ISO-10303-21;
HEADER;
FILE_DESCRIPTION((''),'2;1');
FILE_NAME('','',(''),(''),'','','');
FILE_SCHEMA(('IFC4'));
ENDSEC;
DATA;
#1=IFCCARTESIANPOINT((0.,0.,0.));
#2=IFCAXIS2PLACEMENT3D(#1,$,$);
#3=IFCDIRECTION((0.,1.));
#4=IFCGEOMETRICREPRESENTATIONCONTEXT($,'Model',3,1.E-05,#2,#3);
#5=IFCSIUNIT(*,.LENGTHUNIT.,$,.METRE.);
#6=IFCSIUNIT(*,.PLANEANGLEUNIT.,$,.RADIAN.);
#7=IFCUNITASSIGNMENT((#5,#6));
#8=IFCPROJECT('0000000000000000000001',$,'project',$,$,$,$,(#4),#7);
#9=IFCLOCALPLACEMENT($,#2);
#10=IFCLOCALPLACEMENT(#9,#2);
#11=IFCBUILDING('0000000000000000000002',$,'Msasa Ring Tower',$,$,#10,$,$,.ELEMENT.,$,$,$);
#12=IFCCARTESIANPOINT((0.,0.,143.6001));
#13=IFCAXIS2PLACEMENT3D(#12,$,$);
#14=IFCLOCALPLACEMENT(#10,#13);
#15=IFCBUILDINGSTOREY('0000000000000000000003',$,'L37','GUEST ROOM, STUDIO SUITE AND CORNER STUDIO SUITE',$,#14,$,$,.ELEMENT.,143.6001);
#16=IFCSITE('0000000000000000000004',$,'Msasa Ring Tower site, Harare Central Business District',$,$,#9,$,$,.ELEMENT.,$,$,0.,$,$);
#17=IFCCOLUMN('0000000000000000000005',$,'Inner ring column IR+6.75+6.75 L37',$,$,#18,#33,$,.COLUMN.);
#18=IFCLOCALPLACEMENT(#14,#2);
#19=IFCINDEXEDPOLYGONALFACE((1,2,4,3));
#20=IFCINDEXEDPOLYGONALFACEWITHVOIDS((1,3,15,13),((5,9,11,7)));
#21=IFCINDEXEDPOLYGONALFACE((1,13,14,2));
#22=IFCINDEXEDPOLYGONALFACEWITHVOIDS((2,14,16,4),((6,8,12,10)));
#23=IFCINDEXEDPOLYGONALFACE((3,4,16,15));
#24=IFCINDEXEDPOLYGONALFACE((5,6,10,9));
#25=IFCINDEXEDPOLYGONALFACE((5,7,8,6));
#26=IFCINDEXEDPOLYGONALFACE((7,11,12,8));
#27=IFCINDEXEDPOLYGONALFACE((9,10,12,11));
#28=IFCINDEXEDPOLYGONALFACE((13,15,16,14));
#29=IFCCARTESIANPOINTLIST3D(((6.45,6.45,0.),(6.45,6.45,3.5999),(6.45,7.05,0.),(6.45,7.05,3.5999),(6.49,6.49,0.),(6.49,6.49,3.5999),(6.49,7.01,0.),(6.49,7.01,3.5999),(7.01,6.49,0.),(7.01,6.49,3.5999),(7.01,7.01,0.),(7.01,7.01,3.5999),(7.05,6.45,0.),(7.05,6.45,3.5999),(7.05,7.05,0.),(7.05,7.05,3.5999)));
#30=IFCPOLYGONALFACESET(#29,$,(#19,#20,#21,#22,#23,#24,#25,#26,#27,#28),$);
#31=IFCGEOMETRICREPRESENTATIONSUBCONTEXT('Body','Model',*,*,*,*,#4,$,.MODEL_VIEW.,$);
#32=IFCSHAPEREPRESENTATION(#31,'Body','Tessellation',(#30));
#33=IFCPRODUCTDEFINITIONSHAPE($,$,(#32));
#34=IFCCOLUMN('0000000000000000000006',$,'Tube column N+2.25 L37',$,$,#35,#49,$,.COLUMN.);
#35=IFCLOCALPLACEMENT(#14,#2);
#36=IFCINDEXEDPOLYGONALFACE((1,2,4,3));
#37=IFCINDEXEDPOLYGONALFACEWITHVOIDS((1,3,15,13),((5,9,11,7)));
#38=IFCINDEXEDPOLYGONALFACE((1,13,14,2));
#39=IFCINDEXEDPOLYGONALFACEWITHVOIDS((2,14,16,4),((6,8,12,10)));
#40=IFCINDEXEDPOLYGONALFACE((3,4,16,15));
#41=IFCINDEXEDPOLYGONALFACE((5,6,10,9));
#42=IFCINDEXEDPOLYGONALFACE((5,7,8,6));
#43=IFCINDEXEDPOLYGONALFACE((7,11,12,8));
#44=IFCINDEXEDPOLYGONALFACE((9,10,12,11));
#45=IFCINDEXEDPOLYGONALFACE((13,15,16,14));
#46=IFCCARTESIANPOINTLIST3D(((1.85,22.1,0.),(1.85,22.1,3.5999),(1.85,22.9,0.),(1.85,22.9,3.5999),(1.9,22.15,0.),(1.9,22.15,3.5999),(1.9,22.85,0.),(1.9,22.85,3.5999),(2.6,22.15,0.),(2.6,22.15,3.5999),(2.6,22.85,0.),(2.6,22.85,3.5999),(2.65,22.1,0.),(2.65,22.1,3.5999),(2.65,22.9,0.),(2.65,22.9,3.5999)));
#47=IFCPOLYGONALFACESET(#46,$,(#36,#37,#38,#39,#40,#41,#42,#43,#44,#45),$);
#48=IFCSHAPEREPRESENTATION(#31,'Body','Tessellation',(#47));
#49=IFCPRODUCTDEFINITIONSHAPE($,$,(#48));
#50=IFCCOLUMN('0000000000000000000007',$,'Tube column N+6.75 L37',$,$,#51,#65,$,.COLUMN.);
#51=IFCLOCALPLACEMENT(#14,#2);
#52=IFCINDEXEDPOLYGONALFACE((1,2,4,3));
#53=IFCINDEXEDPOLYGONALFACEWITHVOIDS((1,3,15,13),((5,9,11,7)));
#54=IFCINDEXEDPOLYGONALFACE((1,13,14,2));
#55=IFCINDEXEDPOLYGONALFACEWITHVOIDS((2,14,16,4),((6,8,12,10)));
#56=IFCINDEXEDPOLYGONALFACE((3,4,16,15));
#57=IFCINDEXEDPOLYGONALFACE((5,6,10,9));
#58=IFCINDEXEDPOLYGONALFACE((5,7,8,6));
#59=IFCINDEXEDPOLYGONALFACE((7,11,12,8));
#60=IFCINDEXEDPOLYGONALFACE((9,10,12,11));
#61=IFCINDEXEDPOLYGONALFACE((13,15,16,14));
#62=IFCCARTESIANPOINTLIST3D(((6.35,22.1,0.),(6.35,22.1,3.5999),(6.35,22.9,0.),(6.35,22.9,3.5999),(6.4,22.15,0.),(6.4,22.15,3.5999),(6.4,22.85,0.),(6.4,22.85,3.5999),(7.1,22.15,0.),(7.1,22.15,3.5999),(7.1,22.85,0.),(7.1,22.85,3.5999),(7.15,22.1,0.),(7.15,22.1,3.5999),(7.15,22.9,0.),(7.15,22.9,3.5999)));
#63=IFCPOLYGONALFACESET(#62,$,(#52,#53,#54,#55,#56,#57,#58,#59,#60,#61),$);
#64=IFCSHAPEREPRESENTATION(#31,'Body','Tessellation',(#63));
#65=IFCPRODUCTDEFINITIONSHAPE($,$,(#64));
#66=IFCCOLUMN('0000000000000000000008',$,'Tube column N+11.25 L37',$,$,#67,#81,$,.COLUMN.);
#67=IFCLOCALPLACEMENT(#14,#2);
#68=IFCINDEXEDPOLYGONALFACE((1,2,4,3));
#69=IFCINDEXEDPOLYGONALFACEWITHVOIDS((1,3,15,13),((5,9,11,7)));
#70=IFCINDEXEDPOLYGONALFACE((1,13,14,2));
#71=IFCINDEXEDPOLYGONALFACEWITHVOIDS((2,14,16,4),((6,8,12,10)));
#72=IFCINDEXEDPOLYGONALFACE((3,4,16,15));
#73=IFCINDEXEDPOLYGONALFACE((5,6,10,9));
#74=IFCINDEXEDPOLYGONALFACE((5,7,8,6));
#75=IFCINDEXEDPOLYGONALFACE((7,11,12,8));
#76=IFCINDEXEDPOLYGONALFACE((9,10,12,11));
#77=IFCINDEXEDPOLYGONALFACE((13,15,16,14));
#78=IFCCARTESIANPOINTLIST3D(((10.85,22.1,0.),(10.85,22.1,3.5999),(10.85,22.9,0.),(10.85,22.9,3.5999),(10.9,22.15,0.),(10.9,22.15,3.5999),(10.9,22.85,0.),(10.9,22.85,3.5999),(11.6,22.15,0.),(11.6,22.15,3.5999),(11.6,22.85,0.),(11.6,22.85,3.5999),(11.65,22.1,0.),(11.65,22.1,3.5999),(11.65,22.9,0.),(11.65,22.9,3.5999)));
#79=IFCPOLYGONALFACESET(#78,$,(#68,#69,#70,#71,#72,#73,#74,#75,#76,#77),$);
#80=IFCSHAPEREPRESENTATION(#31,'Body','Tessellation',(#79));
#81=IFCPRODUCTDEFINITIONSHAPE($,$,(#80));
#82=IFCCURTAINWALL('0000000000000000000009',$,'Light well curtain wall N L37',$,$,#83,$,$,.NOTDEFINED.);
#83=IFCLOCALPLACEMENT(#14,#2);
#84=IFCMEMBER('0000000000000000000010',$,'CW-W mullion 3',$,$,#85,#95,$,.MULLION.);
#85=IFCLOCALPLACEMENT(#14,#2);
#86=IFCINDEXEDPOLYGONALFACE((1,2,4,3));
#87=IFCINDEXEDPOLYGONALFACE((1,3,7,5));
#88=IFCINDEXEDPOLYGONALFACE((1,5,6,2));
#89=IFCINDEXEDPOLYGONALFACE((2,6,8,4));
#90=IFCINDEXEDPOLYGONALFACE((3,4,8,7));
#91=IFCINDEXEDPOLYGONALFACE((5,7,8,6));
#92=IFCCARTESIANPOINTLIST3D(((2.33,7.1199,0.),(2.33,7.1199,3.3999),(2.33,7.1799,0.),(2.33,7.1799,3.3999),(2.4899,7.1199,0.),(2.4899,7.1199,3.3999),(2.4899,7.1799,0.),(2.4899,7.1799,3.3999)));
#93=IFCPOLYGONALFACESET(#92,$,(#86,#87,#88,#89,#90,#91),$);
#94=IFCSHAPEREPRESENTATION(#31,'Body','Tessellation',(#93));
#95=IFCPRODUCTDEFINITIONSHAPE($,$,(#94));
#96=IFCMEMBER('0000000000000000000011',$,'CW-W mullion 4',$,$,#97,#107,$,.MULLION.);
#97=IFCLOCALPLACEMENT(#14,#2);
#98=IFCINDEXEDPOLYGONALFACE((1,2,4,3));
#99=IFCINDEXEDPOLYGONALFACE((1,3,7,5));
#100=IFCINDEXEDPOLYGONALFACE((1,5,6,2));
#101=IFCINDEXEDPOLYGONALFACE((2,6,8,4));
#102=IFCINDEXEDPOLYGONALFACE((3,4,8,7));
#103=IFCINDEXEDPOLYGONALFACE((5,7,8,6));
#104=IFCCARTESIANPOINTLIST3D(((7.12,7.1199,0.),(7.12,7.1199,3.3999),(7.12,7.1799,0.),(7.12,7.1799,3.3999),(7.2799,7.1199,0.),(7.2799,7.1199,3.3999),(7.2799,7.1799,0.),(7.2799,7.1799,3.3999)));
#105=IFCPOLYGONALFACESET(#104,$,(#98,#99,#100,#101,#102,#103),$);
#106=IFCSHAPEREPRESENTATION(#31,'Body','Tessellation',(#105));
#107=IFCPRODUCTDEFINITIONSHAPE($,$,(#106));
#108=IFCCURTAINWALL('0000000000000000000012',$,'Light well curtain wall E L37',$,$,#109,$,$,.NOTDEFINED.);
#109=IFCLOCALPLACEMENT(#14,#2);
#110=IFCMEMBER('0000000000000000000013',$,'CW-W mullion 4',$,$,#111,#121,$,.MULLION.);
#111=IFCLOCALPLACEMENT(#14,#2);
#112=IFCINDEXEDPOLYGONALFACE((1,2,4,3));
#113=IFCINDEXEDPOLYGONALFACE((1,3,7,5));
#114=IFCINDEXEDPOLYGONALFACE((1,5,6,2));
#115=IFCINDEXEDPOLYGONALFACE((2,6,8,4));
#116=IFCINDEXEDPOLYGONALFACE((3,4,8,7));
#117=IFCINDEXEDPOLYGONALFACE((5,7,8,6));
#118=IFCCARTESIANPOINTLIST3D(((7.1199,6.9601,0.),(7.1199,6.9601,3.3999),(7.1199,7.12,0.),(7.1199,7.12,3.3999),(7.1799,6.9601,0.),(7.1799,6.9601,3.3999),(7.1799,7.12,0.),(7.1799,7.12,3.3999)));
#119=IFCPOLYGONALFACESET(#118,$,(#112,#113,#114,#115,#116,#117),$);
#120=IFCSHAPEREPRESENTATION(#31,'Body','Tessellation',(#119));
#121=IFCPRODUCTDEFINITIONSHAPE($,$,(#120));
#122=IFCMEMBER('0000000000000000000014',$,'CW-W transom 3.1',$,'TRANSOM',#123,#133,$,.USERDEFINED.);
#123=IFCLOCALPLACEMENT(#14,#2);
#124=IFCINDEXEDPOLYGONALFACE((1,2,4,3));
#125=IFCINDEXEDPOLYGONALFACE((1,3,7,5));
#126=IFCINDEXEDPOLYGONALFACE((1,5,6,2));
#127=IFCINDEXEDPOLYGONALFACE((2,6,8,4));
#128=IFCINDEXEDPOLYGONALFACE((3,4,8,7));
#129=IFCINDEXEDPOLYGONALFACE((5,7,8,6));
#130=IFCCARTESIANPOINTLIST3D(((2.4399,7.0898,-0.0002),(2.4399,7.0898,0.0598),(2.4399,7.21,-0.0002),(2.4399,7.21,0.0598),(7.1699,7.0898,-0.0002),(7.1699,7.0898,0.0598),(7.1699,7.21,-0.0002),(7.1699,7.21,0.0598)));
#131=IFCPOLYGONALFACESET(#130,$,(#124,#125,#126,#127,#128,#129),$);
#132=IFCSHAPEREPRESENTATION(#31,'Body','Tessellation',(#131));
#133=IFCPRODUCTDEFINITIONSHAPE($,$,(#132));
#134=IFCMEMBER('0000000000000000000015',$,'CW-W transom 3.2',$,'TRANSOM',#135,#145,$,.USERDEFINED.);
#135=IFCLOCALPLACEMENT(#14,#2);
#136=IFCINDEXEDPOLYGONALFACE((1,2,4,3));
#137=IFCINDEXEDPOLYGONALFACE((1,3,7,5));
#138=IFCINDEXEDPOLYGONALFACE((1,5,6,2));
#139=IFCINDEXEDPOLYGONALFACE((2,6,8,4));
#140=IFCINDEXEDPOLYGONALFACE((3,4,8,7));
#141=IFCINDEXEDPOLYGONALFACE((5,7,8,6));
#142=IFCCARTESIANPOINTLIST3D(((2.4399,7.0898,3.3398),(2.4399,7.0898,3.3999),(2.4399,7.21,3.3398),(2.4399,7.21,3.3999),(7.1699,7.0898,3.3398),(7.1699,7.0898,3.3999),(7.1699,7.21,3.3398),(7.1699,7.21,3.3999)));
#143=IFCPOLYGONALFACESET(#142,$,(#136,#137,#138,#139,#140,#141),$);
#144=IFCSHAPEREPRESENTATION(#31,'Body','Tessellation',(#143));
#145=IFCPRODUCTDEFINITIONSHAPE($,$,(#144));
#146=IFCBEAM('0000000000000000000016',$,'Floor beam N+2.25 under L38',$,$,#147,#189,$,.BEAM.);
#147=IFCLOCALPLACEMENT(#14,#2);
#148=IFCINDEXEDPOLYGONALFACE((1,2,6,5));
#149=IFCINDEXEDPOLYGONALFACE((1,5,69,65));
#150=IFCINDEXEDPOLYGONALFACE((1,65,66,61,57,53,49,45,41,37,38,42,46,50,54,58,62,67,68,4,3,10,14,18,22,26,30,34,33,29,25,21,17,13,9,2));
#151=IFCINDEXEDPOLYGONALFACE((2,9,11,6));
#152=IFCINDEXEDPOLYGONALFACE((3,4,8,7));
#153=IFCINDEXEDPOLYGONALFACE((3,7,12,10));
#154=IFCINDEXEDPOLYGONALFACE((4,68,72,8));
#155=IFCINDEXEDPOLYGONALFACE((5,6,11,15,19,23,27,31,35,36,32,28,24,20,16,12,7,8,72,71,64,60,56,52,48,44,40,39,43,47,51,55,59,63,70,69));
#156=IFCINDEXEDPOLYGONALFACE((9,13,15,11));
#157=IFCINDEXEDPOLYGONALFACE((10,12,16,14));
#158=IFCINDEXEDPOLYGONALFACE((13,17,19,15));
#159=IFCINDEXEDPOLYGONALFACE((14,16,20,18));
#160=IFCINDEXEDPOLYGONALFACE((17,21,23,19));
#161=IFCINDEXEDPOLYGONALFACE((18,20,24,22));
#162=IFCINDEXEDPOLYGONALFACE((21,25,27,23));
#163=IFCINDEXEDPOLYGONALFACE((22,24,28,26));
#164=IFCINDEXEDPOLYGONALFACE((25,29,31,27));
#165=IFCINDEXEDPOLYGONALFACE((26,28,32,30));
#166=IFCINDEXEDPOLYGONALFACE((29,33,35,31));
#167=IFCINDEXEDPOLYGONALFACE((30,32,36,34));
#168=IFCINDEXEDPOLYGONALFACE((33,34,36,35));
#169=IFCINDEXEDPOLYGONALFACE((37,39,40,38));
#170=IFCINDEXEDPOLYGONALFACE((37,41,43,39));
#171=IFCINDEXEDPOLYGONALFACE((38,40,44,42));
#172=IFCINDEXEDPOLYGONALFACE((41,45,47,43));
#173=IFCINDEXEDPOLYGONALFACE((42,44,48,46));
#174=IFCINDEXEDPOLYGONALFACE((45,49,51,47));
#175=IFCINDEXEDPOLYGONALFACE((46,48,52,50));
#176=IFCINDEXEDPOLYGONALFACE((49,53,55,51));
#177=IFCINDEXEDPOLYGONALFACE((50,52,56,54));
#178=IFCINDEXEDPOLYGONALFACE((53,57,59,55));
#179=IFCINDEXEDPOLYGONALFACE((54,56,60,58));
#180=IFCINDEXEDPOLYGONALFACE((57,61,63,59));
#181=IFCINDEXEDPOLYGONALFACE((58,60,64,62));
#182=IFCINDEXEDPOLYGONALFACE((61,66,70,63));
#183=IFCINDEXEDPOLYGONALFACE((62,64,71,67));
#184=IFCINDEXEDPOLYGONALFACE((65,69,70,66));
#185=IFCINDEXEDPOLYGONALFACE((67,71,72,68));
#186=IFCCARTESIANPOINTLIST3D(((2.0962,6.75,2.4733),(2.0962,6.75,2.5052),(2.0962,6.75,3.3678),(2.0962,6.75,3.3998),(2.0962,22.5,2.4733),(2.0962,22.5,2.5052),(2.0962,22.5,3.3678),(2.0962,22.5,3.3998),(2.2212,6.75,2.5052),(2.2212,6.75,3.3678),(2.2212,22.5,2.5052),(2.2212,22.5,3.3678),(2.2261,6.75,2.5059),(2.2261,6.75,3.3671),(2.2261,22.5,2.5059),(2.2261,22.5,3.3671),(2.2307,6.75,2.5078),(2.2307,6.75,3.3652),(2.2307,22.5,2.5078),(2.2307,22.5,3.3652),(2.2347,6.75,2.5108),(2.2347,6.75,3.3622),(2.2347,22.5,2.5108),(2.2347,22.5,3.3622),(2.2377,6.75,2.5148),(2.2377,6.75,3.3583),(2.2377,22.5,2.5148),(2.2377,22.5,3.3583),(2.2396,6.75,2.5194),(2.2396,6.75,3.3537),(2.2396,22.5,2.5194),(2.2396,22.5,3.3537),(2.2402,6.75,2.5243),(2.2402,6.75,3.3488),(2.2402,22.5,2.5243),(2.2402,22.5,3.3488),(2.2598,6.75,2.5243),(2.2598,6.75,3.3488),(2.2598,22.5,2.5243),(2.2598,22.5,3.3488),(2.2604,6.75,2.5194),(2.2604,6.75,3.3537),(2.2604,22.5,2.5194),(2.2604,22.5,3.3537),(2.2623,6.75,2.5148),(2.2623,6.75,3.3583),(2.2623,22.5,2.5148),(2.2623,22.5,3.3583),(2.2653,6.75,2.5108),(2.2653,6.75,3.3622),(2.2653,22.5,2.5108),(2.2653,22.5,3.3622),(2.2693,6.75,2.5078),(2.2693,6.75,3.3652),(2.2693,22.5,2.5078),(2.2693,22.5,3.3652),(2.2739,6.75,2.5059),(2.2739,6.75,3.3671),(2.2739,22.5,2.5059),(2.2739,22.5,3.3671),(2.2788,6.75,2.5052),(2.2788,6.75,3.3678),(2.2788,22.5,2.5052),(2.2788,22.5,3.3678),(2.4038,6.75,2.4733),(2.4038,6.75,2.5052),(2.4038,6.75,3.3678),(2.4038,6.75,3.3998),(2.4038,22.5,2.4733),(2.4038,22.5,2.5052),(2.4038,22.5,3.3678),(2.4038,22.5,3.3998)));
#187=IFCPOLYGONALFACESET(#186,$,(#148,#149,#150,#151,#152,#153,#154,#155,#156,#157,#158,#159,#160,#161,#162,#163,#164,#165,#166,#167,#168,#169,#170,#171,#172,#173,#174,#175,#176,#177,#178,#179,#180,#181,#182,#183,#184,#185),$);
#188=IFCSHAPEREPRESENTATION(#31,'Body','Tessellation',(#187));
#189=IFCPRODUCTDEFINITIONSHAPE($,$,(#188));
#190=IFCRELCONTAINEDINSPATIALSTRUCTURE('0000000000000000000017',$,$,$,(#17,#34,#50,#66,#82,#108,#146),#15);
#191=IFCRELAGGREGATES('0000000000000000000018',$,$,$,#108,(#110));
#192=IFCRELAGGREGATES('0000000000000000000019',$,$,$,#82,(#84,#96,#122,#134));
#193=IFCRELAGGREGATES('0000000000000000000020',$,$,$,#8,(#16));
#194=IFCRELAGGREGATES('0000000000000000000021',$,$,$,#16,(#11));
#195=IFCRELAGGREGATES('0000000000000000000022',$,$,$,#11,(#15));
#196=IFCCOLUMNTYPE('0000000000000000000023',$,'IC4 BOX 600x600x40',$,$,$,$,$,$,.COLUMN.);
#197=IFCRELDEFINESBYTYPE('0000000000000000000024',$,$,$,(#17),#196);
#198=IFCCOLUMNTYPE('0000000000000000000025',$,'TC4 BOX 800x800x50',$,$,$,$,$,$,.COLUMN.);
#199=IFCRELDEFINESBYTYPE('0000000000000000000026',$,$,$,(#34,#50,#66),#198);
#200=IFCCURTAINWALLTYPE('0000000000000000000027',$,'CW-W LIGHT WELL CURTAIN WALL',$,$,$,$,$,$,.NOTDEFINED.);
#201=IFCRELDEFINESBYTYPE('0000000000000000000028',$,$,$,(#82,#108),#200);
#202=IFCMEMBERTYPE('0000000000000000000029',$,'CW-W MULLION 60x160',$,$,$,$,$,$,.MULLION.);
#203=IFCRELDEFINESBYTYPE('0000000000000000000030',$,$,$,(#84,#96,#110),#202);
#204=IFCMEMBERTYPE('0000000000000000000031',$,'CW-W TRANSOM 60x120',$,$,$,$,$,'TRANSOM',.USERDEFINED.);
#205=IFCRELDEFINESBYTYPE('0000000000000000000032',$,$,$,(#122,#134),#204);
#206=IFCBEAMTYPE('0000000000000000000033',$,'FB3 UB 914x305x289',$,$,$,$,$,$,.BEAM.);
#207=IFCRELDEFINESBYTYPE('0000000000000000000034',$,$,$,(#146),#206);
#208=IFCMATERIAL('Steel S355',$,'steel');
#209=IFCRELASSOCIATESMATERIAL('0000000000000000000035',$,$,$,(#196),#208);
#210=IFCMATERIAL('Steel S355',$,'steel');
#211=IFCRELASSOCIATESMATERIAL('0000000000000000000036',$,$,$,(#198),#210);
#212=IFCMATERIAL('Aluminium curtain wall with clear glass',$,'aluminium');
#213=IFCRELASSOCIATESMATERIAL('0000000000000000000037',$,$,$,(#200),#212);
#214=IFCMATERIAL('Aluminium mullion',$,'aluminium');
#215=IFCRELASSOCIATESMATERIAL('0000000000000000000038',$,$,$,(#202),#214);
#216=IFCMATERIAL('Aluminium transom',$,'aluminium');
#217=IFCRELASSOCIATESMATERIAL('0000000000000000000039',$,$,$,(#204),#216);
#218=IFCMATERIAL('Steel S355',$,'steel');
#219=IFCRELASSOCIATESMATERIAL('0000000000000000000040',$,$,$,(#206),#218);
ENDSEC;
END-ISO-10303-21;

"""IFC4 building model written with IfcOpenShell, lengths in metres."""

from ifc_helpers import new_model, si_unit, direction, frame, origin, origin_2d, place, context, subcontext, project, spatial, rectangle, hollow_rectangle, i_section, extrude, material, material_profile, profile_set, type_object, element, aggregate, save


model = new_model("IFC4")

# Units and contexts
model_context = context("Model", 3, precision=1e-05, world=origin(), true_north=direction((0.0, 1.0)))
body_context = subcontext(model_context, "Body", "Model", "MODEL_VIEW")
ifc_project = project(units=[si_unit("LENGTHUNIT", "METRE"), si_unit("PLANEANGLEUNIT", "RADIAN")], contexts=[model_context])

# Site, building, storey
site_placement = place(None, origin())
site = spatial("IfcSite", under=ifc_project, at=site_placement, Name="Msasa Ring Tower site, Harare Central Business District", CompositionType="ELEMENT", RefElevation=0.0)
building_placement = place(site_placement, origin())
building = spatial("IfcBuilding", under=site, at=building_placement, Name="Msasa Ring Tower", CompositionType="ELEMENT")
storey_placement = place(building_placement, frame((0.0, 0.0, 143.6001)))
storey = spatial("IfcBuildingStorey", under=building, at=storey_placement, Name="L37", Description="GUEST ROOM, STUDIO SUITE AND CORNER STUDIO SUITE", CompositionType="ELEMENT", Elevation=143.6001)

# Columns
ifc_material_1 = material(Name="Steel S355", Category="steel")
ifc_material_profile_1 = material_profile(ifc_material_1, hollow_rectangle(XDim=0.6001, YDim=0.6001, WallThickness=0.04, at=origin_2d()), Name="BOX 600x600x40")
ifc_profile_set_1 = profile_set([ifc_material_profile_1], Name="Steel S355")
column_type_1 = type_object("IfcColumnType", Name="IC4 BOX 600x600x40", PredefinedType="COLUMN", material=ifc_profile_set_1)
column_placement = place(storey_placement, frame((6.75, 6.75, 0.0), z_axis=(0.0, 0.0, 1.0), x_axis=(1.0, 0.0, 0.0)))
element("IfcColumn", 1, at=column_placement, inside=storey, type_object=column_type_1, Name="Inner ring column IR+6.75+6.75 L37", PredefinedType="COLUMN", context=body_context, shape_type="SweptSolid", body=[
    extrude(hollow_rectangle(XDim=0.6001, YDim=0.6001, WallThickness=0.04, at=origin_2d()), origin(), (0.0, 0.0, 1.0), 3.5999),
])
ifc_material_2 = material(Name="Steel S355", Category="steel")
ifc_material_profile_2 = material_profile(ifc_material_2, hollow_rectangle(XDim=0.8, YDim=0.8, WallThickness=0.05, at=origin_2d()), Name="BOX 800x800x50")
ifc_profile_set_2 = profile_set([ifc_material_profile_2], Name="Steel S355")
column_type_2 = type_object("IfcColumnType", Name="TC4 BOX 800x800x50", PredefinedType="COLUMN", material=ifc_profile_set_2)
for number, where, z_axis, x_axis, name in (
    (2, (2.25, 22.5, 0.0), (0.0, 0.0, 1.0), (0.0, 1.0, 0.0), "Tube column N+2.25 L37"),
    (3, (6.75, 22.5, 0.0), (0.0, 0.0, 1.0), (0.0, 1.0, 0.0), "Tube column N+6.75 L37"),
    (4, (11.25, 22.5, 0.0), (0.0, 0.0, 1.0), (0.0, 1.0, 0.0), "Tube column N+11.25 L37"),
):
    element("IfcColumn", number, at=place(storey_placement, frame(where, z_axis=z_axis, x_axis=x_axis)), inside=storey, type_object=column_type_2, Name=name, PredefinedType="COLUMN", context=body_context, shape_type="SweptSolid", body=[
        extrude(hollow_rectangle(XDim=0.8, YDim=0.8, WallThickness=0.05, at=origin_2d()), origin(), (0.0, 0.0, 1.0), 3.5999),
    ])

# Curtain wall, members
ifc_material_3 = material(Name="Aluminium curtain wall with clear glass", Category="aluminium")
curtain_wall_type = type_object("IfcCurtainWallType", Name="CW-W LIGHT WELL CURTAIN WALL", PredefinedType="NOTDEFINED", material=ifc_material_3)
curtain_wall_1_placement = place(storey_placement, origin())
curtain_wall_1 = element("IfcCurtainWall", 5, at=curtain_wall_1_placement, inside=storey, type_object=curtain_wall_type, Name="Light well curtain wall N L37", PredefinedType="NOTDEFINED")
ifc_material_4 = material(Name="Aluminium mullion", Category="aluminium")
ifc_material_profile_3 = material_profile(ifc_material_4, rectangle(XDim=0.0601, YDim=0.1599, at=origin_2d()), Name="AL 60x160")
ifc_profile_set_3 = profile_set([ifc_material_profile_3], Name="Aluminium mullion")
member_type_1 = type_object("IfcMemberType", Name="CW-W MULLION 60x160", PredefinedType="MULLION", material=ifc_profile_set_3)
member_1_placement = place(storey_placement, frame((2.4099, 7.1499, 0.0), z_axis=(0.0, 0.0, 1.0), x_axis=(0.0, 1.0, 0.0)))
member_1 = element("IfcMember", 6, at=member_1_placement, type_object=member_type_1, Name="CW-W mullion 3", PredefinedType="MULLION", context=body_context, shape_type="SweptSolid", body=[
    extrude(rectangle(XDim=0.0601, YDim=0.1599, at=origin_2d()), origin(), (0.0, 0.0, 1.0), 3.3999),
])
member_2_placement = place(storey_placement, frame((7.2, 7.1499, 0.0), z_axis=(0.0, 0.0, 1.0), x_axis=(0.0, 1.0, 0.0)))
member_2 = element("IfcMember", 7, at=member_2_placement, type_object=member_type_1, Name="CW-W mullion 4", PredefinedType="MULLION", context=body_context, shape_type="SweptSolid", body=[
    extrude(rectangle(XDim=0.0601, YDim=0.1599, at=origin_2d()), origin(), (0.0, 0.0, 1.0), 3.3999),
])

# Curtain wall, member
curtain_wall_2_placement = place(storey_placement, origin())
curtain_wall_2 = element("IfcCurtainWall", 8, at=curtain_wall_2_placement, inside=storey, type_object=curtain_wall_type, Name="Light well curtain wall E L37", PredefinedType="NOTDEFINED")
member_3_placement = place(storey_placement, frame((7.1499, 7.04, 0.0), z_axis=(0.0, 0.0, 1.0), x_axis=(-1.0, 0.0, 0.0)))
member_3 = element("IfcMember", 9, at=member_3_placement, type_object=member_type_1, Name="CW-W mullion 4", PredefinedType="MULLION", context=body_context, shape_type="SweptSolid", body=[
    extrude(rectangle(XDim=0.0601, YDim=0.1599, at=origin_2d()), origin(), (0.0, 0.0, 1.0), 3.3999),
])
aggregate(curtain_wall_2, [member_3])

# Members
ifc_material_5 = material(Name="Aluminium transom", Category="aluminium")
ifc_material_profile_4 = material_profile(ifc_material_5, rectangle(XDim=0.1201, YDim=0.0601, at=origin_2d()), Name="AL 60x120")
ifc_profile_set_4 = profile_set([ifc_material_profile_4], Name="Aluminium transom")
member_type_2 = type_object("IfcMemberType", Name="CW-W TRANSOM 60x120", ElementType="TRANSOM", PredefinedType="USERDEFINED", material=ifc_profile_set_4)
member_4_placement = place(storey_placement, frame((2.4399, 7.1499, 0.0298), z_axis=(1.0, 0.0, 0.0), x_axis=(0.0, 1.0, 0.0)))
member_4 = element("IfcMember", 10, at=member_4_placement, type_object=member_type_2, Name="CW-W transom 3.1", ObjectType="TRANSOM", PredefinedType="USERDEFINED", context=body_context, shape_type="SweptSolid", body=[
    extrude(rectangle(XDim=0.1201, YDim=0.0601, at=origin_2d()), origin(), (0.0, 0.0, 1.0), 4.73),
])
member_5_placement = place(storey_placement, frame((2.4399, 7.1499, 3.3699), z_axis=(1.0, 0.0, 0.0), x_axis=(0.0, 1.0, 0.0)))
member_5 = element("IfcMember", 11, at=member_5_placement, type_object=member_type_2, Name="CW-W transom 3.2", ObjectType="TRANSOM", PredefinedType="USERDEFINED", context=body_context, shape_type="SweptSolid", body=[
    extrude(rectangle(XDim=0.1201, YDim=0.0601, at=origin_2d()), origin(), (0.0, 0.0, 1.0), 4.73),
])

# Beam
ifc_material_6 = material(Name="Steel S355", Category="steel")
ifc_material_profile_5 = material_profile(ifc_material_6, i_section(OverallWidth=0.3076, OverallDepth=0.9265, WebThickness=0.0195, FlangeThickness=0.032, FilletRadius=0.019, at=origin_2d()), Name="UB 914x305x289")
ifc_profile_set_5 = profile_set([ifc_material_profile_5], Name="Steel S355")
beam_type_1 = type_object("IfcBeamType", Name="FB3 UB 914x305x289", PredefinedType="BEAM", material=ifc_profile_set_5)
for number, where, z_axis, x_axis, name in (
    (12, (2.25, 22.5, 2.9365), (0.0, -1.0, 0.0), (1.0, 0.0, 0.0), "Floor beam N+2.25 under L38"),
):
    element("IfcBeam", number, at=place(storey_placement, frame(where, z_axis=z_axis, x_axis=x_axis)), inside=storey, type_object=beam_type_1, Name=name, PredefinedType="BEAM", context=body_context, shape_type="SweptSolid", body=[
        extrude(i_section(OverallWidth=0.3076, OverallDepth=0.9265, WebThickness=0.0195, FlangeThickness=0.032, FilletRadius=0.019, at=origin_2d()), origin(), (0.0, 0.0, 1.0), 15.75),
    ])

aggregate(curtain_wall_1, [member_1, member_2, member_4, member_5])

save(model, "model.ifc")
